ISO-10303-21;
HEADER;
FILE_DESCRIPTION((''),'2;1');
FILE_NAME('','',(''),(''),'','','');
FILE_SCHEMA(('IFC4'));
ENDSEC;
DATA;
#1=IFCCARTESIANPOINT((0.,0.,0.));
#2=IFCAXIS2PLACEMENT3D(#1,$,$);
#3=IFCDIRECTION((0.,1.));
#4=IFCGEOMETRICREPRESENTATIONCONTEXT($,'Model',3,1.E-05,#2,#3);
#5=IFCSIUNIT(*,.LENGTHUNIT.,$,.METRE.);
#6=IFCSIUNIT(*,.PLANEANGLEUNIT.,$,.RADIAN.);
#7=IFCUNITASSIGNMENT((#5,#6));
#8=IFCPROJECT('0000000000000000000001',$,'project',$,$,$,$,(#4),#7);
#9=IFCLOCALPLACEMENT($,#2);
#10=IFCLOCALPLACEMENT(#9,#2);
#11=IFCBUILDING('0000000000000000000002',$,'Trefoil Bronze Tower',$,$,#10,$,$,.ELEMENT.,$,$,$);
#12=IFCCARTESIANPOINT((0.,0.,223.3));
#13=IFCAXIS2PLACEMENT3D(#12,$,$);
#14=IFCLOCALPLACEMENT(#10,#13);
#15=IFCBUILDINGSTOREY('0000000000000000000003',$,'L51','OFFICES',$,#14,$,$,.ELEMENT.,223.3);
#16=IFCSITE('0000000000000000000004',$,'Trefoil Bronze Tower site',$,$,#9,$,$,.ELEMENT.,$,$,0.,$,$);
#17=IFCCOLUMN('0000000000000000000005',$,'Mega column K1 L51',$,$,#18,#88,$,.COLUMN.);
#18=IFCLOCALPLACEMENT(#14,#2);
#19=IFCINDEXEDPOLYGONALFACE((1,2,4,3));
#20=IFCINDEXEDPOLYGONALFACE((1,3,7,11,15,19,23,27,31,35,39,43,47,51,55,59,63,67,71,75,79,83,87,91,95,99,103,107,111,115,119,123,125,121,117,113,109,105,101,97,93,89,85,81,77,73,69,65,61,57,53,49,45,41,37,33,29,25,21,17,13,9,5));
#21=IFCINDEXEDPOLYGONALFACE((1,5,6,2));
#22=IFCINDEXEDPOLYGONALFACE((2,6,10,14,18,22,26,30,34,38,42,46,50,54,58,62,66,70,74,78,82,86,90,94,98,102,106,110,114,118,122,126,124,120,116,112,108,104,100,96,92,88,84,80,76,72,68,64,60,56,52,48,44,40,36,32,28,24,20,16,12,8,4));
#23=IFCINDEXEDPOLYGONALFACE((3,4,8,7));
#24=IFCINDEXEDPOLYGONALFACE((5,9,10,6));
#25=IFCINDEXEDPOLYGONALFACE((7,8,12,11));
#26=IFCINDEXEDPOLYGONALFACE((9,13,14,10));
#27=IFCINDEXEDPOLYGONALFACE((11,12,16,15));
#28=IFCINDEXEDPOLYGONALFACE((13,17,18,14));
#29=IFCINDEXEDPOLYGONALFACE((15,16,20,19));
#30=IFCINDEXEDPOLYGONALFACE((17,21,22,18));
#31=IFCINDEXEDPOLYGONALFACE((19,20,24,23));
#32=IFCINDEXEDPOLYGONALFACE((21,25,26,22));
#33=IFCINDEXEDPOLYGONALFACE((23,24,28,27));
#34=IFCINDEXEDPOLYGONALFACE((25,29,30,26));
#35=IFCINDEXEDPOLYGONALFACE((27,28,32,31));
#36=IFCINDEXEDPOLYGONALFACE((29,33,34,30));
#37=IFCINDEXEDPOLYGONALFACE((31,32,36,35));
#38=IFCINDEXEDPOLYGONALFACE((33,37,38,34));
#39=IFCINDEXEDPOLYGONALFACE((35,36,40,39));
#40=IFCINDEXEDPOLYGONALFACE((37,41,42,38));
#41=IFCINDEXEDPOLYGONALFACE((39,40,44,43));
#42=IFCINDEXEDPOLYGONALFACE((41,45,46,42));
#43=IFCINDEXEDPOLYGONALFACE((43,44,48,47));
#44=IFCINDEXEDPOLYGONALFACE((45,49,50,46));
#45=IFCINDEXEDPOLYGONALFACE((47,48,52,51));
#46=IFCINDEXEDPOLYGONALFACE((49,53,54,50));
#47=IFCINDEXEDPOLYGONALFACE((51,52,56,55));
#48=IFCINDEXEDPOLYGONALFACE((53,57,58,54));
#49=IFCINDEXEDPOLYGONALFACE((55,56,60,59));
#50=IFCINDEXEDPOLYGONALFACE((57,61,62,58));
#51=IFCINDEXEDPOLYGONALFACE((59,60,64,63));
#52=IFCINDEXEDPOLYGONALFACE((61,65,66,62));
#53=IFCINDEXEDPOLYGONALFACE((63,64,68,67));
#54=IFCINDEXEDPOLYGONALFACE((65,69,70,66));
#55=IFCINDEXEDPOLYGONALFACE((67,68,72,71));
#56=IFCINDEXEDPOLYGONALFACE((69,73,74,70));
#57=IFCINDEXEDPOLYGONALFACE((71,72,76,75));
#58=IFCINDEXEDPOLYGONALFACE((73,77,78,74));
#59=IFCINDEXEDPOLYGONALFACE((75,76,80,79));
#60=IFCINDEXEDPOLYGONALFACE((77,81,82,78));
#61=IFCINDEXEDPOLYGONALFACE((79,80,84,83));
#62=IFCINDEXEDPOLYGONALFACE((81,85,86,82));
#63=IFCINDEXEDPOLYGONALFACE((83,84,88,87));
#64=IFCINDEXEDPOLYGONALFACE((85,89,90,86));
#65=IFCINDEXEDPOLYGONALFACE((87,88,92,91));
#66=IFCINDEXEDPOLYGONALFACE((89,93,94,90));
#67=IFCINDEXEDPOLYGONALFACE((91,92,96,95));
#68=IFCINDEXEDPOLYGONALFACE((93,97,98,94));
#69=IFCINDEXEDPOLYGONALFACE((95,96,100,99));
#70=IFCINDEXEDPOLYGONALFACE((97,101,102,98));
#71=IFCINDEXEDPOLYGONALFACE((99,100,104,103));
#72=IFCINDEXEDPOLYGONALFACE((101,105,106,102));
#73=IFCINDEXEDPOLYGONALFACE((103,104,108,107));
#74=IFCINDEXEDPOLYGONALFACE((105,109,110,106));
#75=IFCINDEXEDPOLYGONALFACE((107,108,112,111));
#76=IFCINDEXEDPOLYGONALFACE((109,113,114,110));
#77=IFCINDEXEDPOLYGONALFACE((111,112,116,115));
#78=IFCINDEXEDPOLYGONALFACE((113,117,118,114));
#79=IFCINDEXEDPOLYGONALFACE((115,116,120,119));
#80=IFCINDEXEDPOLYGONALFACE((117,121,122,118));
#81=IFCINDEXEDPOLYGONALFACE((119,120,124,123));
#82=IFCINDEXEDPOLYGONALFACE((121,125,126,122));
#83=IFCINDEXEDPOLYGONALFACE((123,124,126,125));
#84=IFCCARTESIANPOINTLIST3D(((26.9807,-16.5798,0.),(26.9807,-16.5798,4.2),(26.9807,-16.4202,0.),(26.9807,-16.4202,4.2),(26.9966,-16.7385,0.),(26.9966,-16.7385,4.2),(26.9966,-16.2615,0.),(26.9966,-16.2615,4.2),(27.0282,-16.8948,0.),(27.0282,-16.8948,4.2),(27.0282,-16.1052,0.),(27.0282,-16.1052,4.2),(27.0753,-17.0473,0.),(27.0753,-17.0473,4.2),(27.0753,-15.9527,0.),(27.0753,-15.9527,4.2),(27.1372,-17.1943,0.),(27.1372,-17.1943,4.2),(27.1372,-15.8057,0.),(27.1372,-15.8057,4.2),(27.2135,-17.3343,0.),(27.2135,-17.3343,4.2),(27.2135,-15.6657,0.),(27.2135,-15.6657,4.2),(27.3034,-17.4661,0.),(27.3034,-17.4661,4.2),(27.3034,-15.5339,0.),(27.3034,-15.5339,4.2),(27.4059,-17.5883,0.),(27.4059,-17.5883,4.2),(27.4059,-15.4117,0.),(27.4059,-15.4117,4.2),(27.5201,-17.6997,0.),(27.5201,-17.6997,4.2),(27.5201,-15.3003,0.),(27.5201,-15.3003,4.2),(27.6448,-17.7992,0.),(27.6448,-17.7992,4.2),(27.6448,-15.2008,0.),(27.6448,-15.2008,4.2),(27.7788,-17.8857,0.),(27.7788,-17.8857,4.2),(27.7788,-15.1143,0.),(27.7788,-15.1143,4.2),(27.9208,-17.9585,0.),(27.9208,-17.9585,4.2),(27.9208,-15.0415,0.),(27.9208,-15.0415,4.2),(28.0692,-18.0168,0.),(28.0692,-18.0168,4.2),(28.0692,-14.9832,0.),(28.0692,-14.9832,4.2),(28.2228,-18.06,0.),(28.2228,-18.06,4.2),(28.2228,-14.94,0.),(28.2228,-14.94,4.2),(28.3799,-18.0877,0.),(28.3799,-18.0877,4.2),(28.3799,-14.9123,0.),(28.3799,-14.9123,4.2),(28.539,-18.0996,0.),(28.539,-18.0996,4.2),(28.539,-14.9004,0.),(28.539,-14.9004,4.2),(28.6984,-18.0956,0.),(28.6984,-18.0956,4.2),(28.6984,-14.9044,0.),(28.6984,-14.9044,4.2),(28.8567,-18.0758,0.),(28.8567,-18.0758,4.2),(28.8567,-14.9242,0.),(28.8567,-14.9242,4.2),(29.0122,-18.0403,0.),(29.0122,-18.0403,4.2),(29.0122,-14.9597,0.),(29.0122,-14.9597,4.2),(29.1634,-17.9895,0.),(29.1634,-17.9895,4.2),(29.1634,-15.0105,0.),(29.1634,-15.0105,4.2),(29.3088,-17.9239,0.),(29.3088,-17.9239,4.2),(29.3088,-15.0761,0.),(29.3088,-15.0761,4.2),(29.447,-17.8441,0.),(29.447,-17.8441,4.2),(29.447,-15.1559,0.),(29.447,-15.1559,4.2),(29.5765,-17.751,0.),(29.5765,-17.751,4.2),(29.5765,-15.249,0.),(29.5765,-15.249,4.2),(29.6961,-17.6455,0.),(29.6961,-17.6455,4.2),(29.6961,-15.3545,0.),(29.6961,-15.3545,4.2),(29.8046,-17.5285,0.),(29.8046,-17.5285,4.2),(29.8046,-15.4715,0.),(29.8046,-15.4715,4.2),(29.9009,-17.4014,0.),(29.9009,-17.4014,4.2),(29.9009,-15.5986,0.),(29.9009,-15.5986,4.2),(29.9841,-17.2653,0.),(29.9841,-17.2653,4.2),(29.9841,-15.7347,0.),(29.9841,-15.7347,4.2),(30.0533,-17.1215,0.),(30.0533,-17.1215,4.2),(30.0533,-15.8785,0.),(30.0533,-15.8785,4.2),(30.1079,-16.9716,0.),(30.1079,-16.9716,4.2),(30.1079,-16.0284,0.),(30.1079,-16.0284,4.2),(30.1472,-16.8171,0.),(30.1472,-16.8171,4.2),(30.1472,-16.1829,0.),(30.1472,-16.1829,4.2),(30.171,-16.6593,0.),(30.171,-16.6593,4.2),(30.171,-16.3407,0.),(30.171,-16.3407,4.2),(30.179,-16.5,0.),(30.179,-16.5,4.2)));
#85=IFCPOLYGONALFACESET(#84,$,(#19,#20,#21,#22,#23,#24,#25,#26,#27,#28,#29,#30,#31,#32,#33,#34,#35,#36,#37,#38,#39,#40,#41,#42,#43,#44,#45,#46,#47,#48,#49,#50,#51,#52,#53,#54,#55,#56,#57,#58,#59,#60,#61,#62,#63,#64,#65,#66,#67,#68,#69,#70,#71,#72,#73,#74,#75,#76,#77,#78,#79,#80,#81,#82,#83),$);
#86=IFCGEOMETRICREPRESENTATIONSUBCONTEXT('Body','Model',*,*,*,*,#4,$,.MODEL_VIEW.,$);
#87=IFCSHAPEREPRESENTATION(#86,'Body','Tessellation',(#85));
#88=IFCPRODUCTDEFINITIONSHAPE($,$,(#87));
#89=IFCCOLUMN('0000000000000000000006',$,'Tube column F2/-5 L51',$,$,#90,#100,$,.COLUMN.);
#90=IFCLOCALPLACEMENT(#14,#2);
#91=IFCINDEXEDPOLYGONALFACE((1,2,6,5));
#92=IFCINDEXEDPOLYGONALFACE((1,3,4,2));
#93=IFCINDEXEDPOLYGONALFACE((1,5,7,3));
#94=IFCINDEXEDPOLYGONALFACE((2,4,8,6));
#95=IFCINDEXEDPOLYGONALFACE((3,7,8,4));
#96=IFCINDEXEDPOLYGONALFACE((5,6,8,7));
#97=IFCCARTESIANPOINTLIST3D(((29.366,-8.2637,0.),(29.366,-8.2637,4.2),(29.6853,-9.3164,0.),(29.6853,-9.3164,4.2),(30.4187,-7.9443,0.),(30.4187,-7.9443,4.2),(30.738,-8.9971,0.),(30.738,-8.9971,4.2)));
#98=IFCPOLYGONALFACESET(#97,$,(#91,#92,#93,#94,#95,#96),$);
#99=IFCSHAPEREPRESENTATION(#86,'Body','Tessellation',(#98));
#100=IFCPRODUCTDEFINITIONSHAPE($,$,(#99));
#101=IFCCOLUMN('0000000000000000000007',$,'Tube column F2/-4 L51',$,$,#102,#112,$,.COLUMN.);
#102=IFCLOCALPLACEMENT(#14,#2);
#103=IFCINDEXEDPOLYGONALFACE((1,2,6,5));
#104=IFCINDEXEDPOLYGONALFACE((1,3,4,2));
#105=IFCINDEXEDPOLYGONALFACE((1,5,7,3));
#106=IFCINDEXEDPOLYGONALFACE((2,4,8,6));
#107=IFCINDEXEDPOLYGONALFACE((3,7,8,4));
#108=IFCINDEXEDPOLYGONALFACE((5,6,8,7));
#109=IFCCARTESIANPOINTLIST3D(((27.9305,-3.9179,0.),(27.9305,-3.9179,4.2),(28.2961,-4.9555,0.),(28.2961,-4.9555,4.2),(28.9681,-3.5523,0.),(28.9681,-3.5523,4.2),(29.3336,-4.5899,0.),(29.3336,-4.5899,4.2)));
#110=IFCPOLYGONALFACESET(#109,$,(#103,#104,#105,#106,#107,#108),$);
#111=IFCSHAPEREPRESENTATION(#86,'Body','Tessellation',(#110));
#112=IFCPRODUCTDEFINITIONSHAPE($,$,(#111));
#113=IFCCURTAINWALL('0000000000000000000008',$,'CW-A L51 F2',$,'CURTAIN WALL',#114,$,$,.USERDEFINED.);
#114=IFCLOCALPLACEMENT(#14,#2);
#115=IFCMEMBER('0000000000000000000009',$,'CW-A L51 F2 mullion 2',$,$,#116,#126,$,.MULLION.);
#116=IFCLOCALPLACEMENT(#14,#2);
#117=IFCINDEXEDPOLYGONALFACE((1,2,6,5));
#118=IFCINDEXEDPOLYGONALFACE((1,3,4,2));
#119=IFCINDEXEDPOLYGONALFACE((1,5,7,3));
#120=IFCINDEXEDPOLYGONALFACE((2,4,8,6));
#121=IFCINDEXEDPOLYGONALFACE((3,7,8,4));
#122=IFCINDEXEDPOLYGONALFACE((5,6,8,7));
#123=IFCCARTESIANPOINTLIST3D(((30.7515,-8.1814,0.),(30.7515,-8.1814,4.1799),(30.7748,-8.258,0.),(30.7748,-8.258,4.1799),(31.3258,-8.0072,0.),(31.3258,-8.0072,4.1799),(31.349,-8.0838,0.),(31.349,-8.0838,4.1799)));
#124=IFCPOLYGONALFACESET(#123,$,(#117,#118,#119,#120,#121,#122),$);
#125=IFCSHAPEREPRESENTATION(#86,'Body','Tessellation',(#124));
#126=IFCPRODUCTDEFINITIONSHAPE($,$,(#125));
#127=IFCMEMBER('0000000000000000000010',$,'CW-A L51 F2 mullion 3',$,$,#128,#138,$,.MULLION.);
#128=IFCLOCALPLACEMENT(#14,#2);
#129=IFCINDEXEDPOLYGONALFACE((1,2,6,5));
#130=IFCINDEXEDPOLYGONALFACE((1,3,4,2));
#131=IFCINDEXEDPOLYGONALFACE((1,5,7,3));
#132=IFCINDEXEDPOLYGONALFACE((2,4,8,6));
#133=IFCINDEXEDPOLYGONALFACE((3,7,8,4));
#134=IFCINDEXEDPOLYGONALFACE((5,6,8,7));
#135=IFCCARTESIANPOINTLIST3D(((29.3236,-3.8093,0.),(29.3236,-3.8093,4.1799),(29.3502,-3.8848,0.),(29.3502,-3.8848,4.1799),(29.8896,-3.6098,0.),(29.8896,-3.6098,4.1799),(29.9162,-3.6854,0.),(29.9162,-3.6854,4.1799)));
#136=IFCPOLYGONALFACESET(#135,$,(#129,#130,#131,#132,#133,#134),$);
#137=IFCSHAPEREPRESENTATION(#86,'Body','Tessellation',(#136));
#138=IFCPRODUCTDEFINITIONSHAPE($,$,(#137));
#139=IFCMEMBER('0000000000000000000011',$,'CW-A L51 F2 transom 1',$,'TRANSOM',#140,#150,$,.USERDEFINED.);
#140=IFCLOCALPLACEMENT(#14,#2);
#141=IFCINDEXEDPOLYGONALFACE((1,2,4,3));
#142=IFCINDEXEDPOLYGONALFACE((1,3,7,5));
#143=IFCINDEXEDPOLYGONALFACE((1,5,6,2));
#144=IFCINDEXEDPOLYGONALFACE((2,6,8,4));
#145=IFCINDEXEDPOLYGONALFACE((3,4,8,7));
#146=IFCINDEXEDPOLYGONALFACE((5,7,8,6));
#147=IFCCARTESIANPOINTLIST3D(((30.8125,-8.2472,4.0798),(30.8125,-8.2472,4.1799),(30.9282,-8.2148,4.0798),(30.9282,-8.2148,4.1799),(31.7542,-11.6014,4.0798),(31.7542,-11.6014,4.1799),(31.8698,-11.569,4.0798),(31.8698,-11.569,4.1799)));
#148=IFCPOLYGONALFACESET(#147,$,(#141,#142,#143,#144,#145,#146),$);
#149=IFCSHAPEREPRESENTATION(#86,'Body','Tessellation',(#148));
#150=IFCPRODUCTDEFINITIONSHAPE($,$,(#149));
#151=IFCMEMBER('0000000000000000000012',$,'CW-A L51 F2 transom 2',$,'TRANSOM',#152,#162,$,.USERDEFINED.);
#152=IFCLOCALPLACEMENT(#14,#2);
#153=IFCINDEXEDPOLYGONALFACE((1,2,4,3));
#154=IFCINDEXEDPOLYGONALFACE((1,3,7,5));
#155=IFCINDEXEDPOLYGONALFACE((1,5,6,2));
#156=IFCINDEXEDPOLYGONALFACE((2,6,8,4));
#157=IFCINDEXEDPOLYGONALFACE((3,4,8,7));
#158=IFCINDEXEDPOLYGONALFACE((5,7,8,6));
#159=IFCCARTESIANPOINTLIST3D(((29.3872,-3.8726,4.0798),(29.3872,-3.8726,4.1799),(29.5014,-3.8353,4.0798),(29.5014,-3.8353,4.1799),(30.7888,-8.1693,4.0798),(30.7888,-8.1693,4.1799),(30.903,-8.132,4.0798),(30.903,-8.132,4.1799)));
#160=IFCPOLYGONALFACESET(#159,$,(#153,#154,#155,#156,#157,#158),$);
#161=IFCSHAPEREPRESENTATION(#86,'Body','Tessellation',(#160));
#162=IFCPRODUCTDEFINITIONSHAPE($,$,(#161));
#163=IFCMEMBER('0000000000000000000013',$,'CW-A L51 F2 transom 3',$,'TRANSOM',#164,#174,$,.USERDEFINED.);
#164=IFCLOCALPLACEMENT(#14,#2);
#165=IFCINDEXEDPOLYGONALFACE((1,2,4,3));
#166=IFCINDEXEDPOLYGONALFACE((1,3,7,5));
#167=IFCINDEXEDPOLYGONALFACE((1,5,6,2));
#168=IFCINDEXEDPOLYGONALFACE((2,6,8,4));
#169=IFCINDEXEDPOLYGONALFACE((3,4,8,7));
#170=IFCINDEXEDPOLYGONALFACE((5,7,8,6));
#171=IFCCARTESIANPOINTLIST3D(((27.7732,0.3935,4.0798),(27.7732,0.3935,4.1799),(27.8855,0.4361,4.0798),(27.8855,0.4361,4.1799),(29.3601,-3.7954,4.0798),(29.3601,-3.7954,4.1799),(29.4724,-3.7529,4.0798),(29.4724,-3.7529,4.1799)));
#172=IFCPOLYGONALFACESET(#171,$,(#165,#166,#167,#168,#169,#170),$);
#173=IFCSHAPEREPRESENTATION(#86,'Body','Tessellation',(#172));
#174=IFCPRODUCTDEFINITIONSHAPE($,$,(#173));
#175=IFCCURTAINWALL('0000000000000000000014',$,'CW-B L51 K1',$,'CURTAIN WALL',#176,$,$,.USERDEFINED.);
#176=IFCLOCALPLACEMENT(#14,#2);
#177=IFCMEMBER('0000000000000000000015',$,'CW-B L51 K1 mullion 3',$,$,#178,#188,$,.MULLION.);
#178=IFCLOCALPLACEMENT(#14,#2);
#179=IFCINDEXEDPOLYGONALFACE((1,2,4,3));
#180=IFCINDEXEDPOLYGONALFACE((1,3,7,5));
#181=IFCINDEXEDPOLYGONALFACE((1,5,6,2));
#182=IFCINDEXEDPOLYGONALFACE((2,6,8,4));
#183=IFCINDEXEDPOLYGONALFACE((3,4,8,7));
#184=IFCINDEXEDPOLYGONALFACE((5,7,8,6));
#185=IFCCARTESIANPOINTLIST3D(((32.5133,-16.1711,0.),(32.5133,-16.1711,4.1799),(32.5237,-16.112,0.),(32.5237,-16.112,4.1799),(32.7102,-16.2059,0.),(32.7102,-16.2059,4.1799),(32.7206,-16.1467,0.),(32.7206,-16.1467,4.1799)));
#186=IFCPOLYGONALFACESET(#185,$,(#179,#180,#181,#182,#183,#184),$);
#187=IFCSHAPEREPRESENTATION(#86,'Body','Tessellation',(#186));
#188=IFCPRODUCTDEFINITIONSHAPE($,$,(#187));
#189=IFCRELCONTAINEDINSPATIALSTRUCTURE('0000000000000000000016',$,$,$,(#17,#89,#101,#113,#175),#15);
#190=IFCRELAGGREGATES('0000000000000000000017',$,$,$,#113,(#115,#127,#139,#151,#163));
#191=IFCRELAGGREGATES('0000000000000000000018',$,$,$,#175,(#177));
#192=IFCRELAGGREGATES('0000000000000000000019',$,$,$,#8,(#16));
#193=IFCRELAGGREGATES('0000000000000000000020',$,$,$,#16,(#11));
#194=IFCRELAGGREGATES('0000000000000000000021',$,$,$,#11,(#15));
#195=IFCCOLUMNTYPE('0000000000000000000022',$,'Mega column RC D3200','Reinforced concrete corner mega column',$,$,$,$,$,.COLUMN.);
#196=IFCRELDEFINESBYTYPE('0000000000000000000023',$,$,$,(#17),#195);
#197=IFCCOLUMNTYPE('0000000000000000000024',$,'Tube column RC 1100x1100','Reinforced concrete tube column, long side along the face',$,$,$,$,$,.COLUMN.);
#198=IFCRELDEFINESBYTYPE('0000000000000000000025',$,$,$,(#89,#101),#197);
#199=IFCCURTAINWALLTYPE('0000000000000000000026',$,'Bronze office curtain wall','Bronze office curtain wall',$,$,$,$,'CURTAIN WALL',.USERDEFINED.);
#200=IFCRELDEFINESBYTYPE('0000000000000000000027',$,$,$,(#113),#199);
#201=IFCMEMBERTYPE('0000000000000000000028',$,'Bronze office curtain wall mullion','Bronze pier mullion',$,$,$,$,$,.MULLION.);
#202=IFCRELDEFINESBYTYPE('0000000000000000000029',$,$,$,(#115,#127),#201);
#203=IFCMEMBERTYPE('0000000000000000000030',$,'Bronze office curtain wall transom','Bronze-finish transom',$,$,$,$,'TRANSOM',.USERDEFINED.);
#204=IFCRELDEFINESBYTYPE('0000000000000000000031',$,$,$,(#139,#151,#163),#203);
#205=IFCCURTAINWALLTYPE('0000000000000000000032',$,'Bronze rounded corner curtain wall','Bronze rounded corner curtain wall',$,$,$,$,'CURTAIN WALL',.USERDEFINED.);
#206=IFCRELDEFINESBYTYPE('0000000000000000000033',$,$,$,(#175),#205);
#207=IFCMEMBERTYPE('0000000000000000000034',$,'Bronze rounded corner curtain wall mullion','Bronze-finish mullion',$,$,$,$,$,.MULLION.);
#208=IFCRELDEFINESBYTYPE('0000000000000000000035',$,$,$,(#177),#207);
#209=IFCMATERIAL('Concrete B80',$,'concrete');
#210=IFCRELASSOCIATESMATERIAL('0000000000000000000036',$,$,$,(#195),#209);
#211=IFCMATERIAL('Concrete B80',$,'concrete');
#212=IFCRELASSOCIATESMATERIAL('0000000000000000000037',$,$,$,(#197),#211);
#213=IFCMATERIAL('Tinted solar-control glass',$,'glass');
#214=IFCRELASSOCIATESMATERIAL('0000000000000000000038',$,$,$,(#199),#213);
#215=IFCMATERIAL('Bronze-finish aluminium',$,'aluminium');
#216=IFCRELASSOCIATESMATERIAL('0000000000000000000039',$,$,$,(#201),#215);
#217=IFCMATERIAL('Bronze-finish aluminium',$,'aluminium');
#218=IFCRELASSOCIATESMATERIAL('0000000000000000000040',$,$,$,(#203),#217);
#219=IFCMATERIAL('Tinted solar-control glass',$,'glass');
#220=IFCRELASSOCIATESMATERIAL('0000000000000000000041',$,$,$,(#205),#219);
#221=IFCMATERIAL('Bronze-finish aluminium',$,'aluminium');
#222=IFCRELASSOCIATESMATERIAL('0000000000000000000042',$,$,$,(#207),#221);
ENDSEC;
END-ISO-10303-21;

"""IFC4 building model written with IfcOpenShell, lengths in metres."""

from ifc_helpers import new_model, si_unit, direction, frame, origin, origin_2d, place, context, subcontext, project, spatial, rectangle, circle, extrude, material, material_profile, profile_set, type_object, element, aggregate, save


model = new_model("IFC4")

# Units and contexts
model_context = context("Model", 3, precision=1e-05, world=origin(), true_north=direction((0.0, 1.0)))
body_context = subcontext(model_context, "Body", "Model", "MODEL_VIEW")
ifc_project = project(units=[si_unit("LENGTHUNIT", "METRE"), si_unit("PLANEANGLEUNIT", "RADIAN")], contexts=[model_context])

# Site, building, storey
site_placement = place(None, origin())
site = spatial("IfcSite", under=ifc_project, at=site_placement, Name="Trefoil Bronze Tower site", CompositionType="ELEMENT", RefElevation=0.0)
building_placement = place(site_placement, origin())
building = spatial("IfcBuilding", under=site, at=building_placement, Name="Trefoil Bronze Tower", CompositionType="ELEMENT")
storey_placement = place(building_placement, frame((0.0, 0.0, 223.3)))
storey = spatial("IfcBuildingStorey", under=building, at=storey_placement, Name="L51", Description="OFFICES", CompositionType="ELEMENT", Elevation=223.3)

# Columns
ifc_material_1 = material(Name="Concrete B80", Category="concrete")
ifc_material_profile_1 = material_profile(ifc_material_1, circle(Radius=1.6001, at=origin_2d()), Name="RC D3200")
ifc_profile_set_1 = profile_set([ifc_material_profile_1], Name="Concrete B80")
column_type_1 = type_object("IfcColumnType", Name="Mega column RC D3200", Description="Reinforced concrete corner mega column", PredefinedType="COLUMN", material=ifc_profile_set_1)
column_placement = place(storey_placement, frame((28.5789, -16.5, 0.0), z_axis=(0.0, 0.0, 1.0), x_axis=(1.0, 0.0, 0.0)))
element("IfcColumn", 1, at=column_placement, inside=storey, type_object=column_type_1, Name="Mega column K1 L51", PredefinedType="COLUMN", context=body_context, shape_type="SweptSolid", body=[
    extrude(circle(Radius=1.6001, at=origin_2d()), origin(), (0.0, 0.0, 1.0), 4.2),
])
ifc_material_2 = material(Name="Concrete B80", Category="concrete")
ifc_material_profile_2 = material_profile(ifc_material_2, rectangle(XDim=1.1001, YDim=1.1001, at=origin_2d()), Name="RC 1100x1100")
ifc_profile_set_2 = profile_set([ifc_material_profile_2], Name="Concrete B80")
column_type_2 = type_object("IfcColumnType", Name="Tube column RC 1100x1100", Description="Reinforced concrete tube column, long side along the face", PredefinedType="COLUMN", material=ifc_profile_set_2)
for number, where, z_axis, x_axis, name in (
    (2, (30.052, -8.6304, 0.0), (0.0, 0.0, 1.0), (-0.290278, 0.956942, 0.0), "Tube column F2/-5 L51"),
    (3, (28.6321, -4.2539, 0.0), (0.0, 0.0, 1.0), (-0.332282, 0.94318, 0.0), "Tube column F2/-4 L51"),
):
    element("IfcColumn", number, at=place(storey_placement, frame(where, z_axis=z_axis, x_axis=x_axis)), inside=storey, type_object=column_type_2, Name=name, PredefinedType="COLUMN", context=body_context, shape_type="SweptSolid", body=[
        extrude(rectangle(XDim=1.1001, YDim=1.1001, at=origin_2d()), origin(), (0.0, 0.0, 1.0), 4.2),
    ])

# Curtain walls, members
ifc_material_3 = material(Name="Tinted solar-control glass", Category="glass")
curtain_wall_type_1 = type_object("IfcCurtainWallType", Name="Bronze office curtain wall", Description="Bronze office curtain wall", ElementType="CURTAIN WALL", PredefinedType="USERDEFINED", material=ifc_material_3)
curtain_wall_1_placement = place(storey_placement, origin())
curtain_wall_1 = element("IfcCurtainWall", 4, at=curtain_wall_1_placement, inside=storey, type_object=curtain_wall_type_1, Name="CW-A L51 F2", ObjectType="CURTAIN WALL", PredefinedType="USERDEFINED")
ifc_material_4 = material(Name="Bronze-finish aluminium", Category="aluminium")
ifc_material_profile_3 = material_profile(ifc_material_4, rectangle(XDim=0.6001, YDim=0.0801, at=origin_2d()), Name="CW-A mullion")
ifc_profile_set_3 = profile_set([ifc_material_profile_3], Name="Bronze-finish aluminium")
member_type_1 = type_object("IfcMemberType", Name="Bronze office curtain wall mullion", Description="Bronze pier mullion", PredefinedType="MULLION", material=ifc_profile_set_3)
member_1_placement = place(storey_placement, frame((31.0503, -8.1326, 0.0), z_axis=(0.0, 0.0, 1.0), x_axis=(-0.956942, -0.290278, 0.0)))
member_1 = element("IfcMember", 5, at=member_1_placement, type_object=member_type_1, Name="CW-A L51 F2 mullion 2", PredefinedType="MULLION", context=body_context, shape_type="SweptSolid", body=[
    extrude(rectangle(XDim=0.6001, YDim=0.0801, at=origin_2d()), origin(), (0.0, 0.0, 1.0), 4.1799),
])
member_2_placement = place(storey_placement, frame((29.6199, -3.7473, 0.0), z_axis=(0.0, 0.0, 1.0), x_axis=(-0.94318, -0.332282, 0.0)))
member_2 = element("IfcMember", 6, at=member_2_placement, type_object=member_type_1, Name="CW-A L51 F2 mullion 3", PredefinedType="MULLION", context=body_context, shape_type="SweptSolid", body=[
    extrude(rectangle(XDim=0.6001, YDim=0.0801, at=origin_2d()), origin(), (0.0, 0.0, 1.0), 4.1799),
])
ifc_material_5 = material(Name="Bronze-finish aluminium", Category="aluminium")
ifc_material_profile_4 = material_profile(ifc_material_5, rectangle(XDim=0.1201, YDim=0.1001, at=origin_2d()), Name="CW-A transom")
ifc_profile_set_4 = profile_set([ifc_material_profile_4], Name="Bronze-finish aluminium")
member_type_2 = type_object("IfcMemberType", Name="Bronze office curtain wall transom", Description="Bronze-finish transom", ElementType="TRANSOM", PredefinedType="USERDEFINED", material=ifc_profile_set_4)
member_3_placement = place(storey_placement, frame((31.812, -11.5852, 4.1299), z_axis=(-0.270285, 0.96278, 0.0), x_axis=(-0.96278, -0.270285, 0.0)))
member_3 = element("IfcMember", 7, at=member_3_placement, type_object=member_type_2, Name="CW-A L51 F2 transom 1", ObjectType="TRANSOM", PredefinedType="USERDEFINED", context=body_context, shape_type="SweptSolid", body=[
    extrude(rectangle(XDim=0.1201, YDim=0.1001, at=origin_2d()), origin(), (0.0, 0.0, 1.0), 3.4839),
])
member_4_placement = place(storey_placement, frame((30.8459, -8.1506, 4.1299), z_axis=(-0.310128, 0.950695, 0.0), x_axis=(-0.950695, -0.310128, 0.0)))
member_4 = element("IfcMember", 8, at=member_4_placement, type_object=member_type_2, Name="CW-A L51 F2 transom 2", ObjectType="TRANSOM", PredefinedType="USERDEFINED", context=body_context, shape_type="SweptSolid", body=[
    extrude(rectangle(XDim=0.1201, YDim=0.1001, at=origin_2d()), origin(), (0.0, 0.0, 1.0), 4.5195),
])
member_5_placement = place(storey_placement, frame((29.4163, -3.7742, 4.1299), z_axis=(-0.354263, 0.935146, 0.0), x_axis=(-0.935146, -0.354263, 0.0)))
member_5 = element("IfcMember", 9, at=member_5_placement, type_object=member_type_2, Name="CW-A L51 F2 transom 3", ObjectType="TRANSOM", PredefinedType="USERDEFINED", context=body_context, shape_type="SweptSolid", body=[
    extrude(rectangle(XDim=0.1201, YDim=0.1001, at=origin_2d()), origin(), (0.0, 0.0, 1.0), 4.4795),
])
ifc_material_6 = material(Name="Tinted solar-control glass", Category="glass")
curtain_wall_type_2 = type_object("IfcCurtainWallType", Name="Bronze rounded corner curtain wall", Description="Bronze rounded corner curtain wall", ElementType="CURTAIN WALL", PredefinedType="USERDEFINED", material=ifc_material_6)
curtain_wall_2_placement = place(storey_placement, origin())
curtain_wall_2 = element("IfcCurtainWall", 10, at=curtain_wall_2_placement, inside=storey, type_object=curtain_wall_type_2, Name="CW-B L51 K1", ObjectType="CURTAIN WALL", PredefinedType="USERDEFINED")
ifc_material_7 = material(Name="Bronze-finish aluminium", Category="aluminium")
ifc_material_profile_5 = material_profile(ifc_material_7, rectangle(XDim=0.2, YDim=0.0601, at=origin_2d()), Name="CW-B mullion")
ifc_profile_set_5 = profile_set([ifc_material_profile_5], Name="Bronze-finish aluminium")
member_type_3 = type_object("IfcMemberType", Name="Bronze rounded corner curtain wall mullion", Description="Bronze-finish mullion", PredefinedType="MULLION", material=ifc_profile_set_5)
member_6_placement = place(storey_placement, frame((32.6169, -16.1589, 0.0), z_axis=(0.0, 0.0, 1.0), x_axis=(-0.984808, 0.173648, 0.0)))
member_6 = element("IfcMember", 11, at=member_6_placement, type_object=member_type_3, Name="CW-B L51 K1 mullion 3", PredefinedType="MULLION", context=body_context, shape_type="SweptSolid", body=[
    extrude(rectangle(XDim=0.2, YDim=0.0601, at=origin_2d()), origin(), (0.0, 0.0, 1.0), 4.1799),
])

aggregate(curtain_wall_1, [member_1, member_2, member_3, member_4, member_5])
aggregate(curtain_wall_2, [member_6])

save(model, "model.ifc")
